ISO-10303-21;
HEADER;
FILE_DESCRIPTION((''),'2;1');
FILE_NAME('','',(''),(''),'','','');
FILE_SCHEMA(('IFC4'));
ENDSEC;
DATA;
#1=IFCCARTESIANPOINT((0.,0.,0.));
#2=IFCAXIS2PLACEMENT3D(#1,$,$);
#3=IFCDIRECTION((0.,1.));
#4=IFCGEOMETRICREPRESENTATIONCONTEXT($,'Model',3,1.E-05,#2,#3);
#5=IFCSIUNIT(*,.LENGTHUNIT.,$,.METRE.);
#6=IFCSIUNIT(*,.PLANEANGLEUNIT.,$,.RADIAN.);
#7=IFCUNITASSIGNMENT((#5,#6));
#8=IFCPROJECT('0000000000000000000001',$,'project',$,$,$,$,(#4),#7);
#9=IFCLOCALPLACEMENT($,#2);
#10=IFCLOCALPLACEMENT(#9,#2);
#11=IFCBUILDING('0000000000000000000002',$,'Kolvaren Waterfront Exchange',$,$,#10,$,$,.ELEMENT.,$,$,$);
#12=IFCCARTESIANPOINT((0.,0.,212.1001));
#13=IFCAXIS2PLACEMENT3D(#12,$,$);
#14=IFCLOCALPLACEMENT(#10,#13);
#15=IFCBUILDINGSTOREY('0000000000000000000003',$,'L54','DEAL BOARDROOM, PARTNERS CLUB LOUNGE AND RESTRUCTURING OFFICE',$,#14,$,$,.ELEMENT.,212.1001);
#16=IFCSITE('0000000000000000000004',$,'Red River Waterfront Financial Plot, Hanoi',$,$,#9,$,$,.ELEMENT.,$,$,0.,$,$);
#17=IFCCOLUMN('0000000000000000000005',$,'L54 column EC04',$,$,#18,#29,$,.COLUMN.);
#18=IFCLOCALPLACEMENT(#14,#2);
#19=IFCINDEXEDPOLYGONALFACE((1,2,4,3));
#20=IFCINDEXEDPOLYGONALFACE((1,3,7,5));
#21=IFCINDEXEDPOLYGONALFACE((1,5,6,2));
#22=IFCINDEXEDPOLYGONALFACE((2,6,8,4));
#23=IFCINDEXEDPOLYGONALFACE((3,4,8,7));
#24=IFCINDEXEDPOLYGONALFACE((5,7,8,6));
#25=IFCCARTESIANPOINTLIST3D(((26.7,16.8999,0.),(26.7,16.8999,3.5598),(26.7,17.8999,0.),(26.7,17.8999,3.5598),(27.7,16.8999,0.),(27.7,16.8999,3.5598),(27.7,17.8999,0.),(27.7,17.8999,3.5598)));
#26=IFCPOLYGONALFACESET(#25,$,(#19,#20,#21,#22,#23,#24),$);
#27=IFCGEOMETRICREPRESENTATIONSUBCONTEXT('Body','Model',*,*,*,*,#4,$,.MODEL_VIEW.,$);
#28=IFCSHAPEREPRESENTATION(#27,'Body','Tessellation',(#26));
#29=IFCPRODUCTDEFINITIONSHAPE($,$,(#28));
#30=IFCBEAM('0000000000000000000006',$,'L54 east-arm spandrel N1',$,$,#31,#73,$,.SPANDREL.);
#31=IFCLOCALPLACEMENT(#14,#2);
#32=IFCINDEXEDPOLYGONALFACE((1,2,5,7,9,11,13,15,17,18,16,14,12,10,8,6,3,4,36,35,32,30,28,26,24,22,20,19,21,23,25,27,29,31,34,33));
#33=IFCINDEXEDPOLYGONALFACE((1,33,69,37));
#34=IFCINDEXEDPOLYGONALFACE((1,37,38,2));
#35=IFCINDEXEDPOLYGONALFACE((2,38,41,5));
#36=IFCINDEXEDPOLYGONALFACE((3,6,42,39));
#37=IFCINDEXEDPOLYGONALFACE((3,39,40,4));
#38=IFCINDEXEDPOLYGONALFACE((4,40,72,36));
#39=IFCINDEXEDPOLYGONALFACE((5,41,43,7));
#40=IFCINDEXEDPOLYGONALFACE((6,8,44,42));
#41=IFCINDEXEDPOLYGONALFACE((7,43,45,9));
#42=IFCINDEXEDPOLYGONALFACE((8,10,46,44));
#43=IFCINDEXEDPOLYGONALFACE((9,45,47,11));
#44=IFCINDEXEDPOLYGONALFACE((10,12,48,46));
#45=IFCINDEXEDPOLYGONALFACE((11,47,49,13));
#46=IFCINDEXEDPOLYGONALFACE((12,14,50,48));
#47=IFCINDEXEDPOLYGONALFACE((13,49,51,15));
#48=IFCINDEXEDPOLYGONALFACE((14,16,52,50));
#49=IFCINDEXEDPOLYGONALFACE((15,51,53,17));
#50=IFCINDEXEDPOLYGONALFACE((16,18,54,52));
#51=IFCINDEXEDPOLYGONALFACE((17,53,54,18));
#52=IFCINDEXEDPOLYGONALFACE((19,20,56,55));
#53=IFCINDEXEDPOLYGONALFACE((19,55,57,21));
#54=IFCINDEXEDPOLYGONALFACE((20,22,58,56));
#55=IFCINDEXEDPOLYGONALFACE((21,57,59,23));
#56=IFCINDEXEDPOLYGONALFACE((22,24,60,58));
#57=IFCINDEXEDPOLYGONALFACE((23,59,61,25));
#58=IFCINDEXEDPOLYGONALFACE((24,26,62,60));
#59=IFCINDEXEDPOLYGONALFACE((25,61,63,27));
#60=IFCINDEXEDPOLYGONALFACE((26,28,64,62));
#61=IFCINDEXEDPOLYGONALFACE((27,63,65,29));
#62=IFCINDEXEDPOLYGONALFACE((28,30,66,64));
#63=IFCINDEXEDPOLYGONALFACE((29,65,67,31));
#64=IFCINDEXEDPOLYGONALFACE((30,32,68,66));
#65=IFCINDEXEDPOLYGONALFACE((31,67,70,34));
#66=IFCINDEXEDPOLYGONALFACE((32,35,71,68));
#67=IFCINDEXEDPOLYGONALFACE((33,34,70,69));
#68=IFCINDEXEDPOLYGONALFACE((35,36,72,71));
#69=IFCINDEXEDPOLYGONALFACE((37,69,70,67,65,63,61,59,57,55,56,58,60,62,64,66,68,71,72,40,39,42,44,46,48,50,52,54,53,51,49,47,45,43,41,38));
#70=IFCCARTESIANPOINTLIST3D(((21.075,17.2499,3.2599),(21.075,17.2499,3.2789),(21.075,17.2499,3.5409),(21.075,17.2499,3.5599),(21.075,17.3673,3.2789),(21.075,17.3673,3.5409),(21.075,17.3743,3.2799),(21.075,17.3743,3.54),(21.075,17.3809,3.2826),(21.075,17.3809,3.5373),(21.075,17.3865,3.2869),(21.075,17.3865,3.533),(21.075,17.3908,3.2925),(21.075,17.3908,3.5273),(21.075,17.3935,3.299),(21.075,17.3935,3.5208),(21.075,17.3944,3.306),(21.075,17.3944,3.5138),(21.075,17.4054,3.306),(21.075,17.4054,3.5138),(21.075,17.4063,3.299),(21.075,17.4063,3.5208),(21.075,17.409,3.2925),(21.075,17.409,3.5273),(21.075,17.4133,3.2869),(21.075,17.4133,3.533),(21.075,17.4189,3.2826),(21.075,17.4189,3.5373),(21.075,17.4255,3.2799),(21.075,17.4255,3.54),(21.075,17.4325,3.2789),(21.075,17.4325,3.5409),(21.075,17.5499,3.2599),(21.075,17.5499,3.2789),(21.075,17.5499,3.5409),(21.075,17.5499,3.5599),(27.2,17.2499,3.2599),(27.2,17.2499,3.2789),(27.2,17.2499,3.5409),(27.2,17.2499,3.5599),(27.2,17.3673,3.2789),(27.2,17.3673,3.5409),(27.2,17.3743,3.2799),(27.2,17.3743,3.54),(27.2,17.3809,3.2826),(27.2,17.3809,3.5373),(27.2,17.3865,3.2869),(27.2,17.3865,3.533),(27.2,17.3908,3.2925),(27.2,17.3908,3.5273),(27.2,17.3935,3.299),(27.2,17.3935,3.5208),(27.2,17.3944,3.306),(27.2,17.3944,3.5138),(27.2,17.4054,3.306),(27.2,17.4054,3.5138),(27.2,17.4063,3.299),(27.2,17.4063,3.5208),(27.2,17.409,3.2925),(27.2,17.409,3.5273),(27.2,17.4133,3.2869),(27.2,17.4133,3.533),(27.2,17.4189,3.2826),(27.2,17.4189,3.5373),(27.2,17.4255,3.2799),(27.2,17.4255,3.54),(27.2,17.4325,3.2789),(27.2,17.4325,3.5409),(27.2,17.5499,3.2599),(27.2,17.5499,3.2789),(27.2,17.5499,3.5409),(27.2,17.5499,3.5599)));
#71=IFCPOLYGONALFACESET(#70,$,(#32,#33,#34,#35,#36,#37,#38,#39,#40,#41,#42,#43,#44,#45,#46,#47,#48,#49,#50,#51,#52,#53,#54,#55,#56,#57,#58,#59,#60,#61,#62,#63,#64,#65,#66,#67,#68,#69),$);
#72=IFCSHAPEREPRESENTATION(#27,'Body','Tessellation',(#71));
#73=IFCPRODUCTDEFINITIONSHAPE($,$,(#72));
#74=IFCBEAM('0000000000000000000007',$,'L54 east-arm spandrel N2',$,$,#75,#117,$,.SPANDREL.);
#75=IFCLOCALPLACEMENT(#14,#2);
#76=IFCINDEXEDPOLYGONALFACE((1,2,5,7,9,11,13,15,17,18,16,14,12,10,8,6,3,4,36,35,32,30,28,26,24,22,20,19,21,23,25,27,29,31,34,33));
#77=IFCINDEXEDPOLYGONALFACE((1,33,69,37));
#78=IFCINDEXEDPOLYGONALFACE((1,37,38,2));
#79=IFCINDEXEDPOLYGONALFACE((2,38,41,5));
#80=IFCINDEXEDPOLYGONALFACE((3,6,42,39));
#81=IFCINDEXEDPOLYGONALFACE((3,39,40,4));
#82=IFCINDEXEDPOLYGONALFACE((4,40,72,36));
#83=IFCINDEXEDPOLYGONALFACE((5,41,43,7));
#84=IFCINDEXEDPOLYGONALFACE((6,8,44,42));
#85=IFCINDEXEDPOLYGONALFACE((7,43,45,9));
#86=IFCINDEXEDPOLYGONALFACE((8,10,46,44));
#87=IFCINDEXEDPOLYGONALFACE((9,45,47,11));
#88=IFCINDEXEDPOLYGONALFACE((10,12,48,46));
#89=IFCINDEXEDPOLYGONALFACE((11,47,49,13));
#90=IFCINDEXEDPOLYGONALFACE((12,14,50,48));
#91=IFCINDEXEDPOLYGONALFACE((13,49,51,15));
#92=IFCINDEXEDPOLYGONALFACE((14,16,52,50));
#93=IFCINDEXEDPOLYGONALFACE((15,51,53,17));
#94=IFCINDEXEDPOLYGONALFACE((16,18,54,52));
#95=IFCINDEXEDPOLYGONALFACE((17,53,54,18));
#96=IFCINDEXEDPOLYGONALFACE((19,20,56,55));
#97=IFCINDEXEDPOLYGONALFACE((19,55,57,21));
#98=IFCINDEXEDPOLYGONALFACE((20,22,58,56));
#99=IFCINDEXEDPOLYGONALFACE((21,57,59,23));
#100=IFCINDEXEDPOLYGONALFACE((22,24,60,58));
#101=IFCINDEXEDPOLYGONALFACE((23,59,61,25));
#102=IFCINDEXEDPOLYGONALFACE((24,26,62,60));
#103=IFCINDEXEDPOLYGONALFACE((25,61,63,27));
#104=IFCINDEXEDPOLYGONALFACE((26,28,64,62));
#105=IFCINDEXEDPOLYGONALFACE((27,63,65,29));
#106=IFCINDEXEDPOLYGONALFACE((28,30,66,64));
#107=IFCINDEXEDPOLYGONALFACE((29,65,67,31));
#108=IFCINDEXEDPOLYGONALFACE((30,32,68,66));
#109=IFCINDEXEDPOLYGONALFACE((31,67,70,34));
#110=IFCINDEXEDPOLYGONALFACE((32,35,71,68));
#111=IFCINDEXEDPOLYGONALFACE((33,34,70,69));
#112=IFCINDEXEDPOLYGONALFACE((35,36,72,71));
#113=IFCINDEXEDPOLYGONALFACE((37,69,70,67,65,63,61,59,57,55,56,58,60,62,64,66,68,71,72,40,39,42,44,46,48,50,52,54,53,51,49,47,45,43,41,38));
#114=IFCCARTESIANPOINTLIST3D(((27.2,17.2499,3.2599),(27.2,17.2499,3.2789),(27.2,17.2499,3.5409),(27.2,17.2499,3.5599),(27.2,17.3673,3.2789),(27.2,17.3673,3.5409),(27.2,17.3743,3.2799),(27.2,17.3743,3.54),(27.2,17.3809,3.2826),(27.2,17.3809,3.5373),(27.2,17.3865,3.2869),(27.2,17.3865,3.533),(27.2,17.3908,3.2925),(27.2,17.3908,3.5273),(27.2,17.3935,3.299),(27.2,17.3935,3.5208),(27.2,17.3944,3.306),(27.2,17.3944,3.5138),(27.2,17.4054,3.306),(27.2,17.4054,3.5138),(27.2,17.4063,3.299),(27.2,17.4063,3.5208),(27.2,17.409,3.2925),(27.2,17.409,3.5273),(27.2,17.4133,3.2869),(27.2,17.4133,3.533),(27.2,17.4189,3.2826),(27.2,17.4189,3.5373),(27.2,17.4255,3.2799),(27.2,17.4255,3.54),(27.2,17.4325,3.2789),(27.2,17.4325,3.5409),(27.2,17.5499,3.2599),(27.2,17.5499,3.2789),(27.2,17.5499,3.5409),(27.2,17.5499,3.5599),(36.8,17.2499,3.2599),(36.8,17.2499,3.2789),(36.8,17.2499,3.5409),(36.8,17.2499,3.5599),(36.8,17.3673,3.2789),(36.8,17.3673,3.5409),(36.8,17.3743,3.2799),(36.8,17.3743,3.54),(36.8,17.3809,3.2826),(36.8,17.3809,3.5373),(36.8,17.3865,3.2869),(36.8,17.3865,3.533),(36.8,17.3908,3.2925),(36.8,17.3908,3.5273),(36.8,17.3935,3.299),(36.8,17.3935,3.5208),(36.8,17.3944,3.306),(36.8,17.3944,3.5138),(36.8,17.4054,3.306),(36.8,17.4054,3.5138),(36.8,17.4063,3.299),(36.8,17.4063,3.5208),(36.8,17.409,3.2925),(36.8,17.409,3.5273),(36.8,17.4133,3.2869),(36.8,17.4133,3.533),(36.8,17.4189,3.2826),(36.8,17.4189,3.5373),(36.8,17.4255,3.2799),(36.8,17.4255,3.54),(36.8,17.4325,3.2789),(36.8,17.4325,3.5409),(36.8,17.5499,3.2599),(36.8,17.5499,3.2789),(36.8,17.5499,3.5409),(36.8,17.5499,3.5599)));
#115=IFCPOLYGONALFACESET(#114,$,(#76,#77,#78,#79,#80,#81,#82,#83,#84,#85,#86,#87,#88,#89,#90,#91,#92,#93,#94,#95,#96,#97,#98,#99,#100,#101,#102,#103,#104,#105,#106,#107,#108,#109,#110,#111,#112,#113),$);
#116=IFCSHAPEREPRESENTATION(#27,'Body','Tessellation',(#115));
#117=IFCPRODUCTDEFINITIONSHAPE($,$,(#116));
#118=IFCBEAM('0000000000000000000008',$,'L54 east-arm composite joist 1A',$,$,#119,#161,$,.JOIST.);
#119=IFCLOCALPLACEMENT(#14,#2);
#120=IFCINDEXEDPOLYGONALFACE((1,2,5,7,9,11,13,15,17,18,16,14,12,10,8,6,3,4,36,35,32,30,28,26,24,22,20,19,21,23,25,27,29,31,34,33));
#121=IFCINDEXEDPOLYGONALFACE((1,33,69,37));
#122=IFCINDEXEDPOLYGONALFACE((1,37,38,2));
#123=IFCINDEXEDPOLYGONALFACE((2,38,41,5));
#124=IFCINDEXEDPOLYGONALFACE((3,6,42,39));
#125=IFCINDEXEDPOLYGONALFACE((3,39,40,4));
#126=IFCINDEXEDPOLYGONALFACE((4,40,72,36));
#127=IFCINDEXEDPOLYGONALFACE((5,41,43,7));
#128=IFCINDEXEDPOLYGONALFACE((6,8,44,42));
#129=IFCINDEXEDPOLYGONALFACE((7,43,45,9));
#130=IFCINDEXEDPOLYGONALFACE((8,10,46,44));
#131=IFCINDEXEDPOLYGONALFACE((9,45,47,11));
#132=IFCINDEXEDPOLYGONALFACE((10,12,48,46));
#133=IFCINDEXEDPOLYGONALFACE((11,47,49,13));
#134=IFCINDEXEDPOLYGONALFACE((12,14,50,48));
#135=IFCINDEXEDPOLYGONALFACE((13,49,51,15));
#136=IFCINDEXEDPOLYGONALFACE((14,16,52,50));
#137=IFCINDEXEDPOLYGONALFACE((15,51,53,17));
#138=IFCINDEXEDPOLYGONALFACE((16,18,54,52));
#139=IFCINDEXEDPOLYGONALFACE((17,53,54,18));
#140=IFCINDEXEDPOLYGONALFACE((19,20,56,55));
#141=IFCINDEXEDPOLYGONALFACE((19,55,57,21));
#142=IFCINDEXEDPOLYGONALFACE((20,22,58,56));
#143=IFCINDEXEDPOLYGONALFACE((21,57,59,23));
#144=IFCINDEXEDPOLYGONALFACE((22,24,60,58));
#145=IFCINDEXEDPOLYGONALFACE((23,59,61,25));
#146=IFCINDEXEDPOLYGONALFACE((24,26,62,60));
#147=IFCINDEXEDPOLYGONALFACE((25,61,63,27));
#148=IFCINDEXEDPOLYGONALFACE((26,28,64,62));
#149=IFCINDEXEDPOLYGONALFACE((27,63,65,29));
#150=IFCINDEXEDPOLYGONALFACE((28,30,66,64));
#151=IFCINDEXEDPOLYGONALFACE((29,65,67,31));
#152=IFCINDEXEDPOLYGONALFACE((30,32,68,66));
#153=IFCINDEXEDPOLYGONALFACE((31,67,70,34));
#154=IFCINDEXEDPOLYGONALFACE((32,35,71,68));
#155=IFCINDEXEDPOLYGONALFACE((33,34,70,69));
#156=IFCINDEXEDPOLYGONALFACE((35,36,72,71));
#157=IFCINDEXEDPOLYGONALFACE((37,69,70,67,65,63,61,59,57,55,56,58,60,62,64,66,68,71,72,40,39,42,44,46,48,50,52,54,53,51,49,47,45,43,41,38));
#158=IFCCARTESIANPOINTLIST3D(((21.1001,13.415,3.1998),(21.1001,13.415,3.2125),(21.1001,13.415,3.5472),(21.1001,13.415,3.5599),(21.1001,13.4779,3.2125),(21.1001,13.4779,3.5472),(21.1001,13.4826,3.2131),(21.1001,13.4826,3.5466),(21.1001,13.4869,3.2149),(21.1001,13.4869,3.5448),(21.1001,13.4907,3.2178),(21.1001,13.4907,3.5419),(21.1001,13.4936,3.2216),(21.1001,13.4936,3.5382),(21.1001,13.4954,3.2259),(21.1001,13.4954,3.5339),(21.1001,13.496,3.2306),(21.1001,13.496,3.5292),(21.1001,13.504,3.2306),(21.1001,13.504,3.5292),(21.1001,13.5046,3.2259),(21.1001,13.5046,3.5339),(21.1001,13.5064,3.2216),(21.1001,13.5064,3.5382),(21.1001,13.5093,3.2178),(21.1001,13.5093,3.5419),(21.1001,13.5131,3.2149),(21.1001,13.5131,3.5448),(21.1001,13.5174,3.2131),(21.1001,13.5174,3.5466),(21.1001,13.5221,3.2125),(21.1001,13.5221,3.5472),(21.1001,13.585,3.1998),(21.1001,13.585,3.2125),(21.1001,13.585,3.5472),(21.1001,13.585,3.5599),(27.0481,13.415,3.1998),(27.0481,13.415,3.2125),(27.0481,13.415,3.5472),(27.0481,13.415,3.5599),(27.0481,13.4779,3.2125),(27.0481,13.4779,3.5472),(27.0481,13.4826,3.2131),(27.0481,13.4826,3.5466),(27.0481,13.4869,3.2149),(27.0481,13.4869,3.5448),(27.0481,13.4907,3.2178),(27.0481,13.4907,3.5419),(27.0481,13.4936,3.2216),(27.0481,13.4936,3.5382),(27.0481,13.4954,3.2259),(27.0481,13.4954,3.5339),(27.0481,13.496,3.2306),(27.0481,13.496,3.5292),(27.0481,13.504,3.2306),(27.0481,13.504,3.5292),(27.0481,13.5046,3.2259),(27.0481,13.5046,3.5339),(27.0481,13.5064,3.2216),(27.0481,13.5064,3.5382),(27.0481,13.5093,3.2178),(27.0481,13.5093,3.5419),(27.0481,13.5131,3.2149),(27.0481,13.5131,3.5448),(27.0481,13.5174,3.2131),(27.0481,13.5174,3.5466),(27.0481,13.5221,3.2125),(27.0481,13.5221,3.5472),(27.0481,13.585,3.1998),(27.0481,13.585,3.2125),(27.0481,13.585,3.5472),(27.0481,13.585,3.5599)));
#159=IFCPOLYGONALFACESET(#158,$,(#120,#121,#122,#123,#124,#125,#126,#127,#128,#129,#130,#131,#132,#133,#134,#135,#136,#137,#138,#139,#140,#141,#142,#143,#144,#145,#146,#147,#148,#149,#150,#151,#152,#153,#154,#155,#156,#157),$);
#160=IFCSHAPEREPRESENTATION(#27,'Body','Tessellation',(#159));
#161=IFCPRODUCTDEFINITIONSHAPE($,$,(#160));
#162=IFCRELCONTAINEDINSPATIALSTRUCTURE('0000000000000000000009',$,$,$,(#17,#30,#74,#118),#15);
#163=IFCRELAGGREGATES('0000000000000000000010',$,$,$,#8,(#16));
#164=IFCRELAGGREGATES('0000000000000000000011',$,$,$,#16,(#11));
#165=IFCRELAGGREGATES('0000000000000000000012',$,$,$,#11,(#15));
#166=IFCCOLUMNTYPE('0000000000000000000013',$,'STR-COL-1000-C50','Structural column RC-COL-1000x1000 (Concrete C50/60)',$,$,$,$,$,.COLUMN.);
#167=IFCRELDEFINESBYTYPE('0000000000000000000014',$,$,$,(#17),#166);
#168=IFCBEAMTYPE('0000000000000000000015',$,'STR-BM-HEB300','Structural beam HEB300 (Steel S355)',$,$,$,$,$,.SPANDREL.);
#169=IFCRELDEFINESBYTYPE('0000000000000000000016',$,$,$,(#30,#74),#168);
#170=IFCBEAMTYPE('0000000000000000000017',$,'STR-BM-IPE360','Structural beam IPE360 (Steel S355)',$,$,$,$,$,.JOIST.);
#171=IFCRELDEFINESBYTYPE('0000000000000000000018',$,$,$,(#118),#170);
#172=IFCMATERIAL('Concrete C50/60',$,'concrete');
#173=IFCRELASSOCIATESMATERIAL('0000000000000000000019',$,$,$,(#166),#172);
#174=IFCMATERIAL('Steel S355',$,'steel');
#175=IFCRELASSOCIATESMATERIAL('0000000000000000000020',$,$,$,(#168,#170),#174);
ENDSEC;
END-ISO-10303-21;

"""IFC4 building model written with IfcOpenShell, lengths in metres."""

from ifc_helpers import new_model, si_unit, direction, frame, origin, origin_2d, place, context, subcontext, project, spatial, rectangle, i_section, extrude, material, material_profile, profile_set, type_object, element, save


model = new_model("IFC4")

# Units and contexts
model_context = context("Model", 3, precision=1e-05, world=origin(), true_north=direction((0.0, 1.0)))
body_context = subcontext(model_context, "Body", "Model", "MODEL_VIEW")
ifc_project = project(units=[si_unit("LENGTHUNIT", "METRE"), si_unit("PLANEANGLEUNIT", "RADIAN")], contexts=[model_context])

# Site, building, storey
site_placement = place(None, origin())
site = spatial("IfcSite", under=ifc_project, at=site_placement, Name="Red River Waterfront Financial Plot, Hanoi", CompositionType="ELEMENT", RefElevation=0.0)
building_placement = place(site_placement, origin())
building = spatial("IfcBuilding", under=site, at=building_placement, Name="Kolvaren Waterfront Exchange", CompositionType="ELEMENT")
storey_placement = place(building_placement, frame((0.0, 0.0, 212.1001)))
storey = spatial("IfcBuildingStorey", under=building, at=storey_placement, Name="L54", Description="DEAL BOARDROOM, PARTNERS CLUB LOUNGE AND RESTRUCTURING OFFICE", CompositionType="ELEMENT", Elevation=212.1001)

# Column
ifc_material_1 = material(Name="Concrete C50/60", Category="concrete")
ifc_material_profile_1 = material_profile(ifc_material_1, rectangle(XDim=1.0, YDim=1.0, at=origin_2d()), Name="RC-COL-1000x1000")
ifc_profile_set_1 = profile_set([ifc_material_profile_1], Name="Concrete C50/60")
column_type = type_object("IfcColumnType", Name="STR-COL-1000-C50", Description="Structural column RC-COL-1000x1000 (Concrete C50/60)", PredefinedType="COLUMN", material=ifc_profile_set_1)
column_placement = place(storey_placement, frame((27.2, 17.3999, 0.0), z_axis=(0.0, 0.0, 1.0), x_axis=(1.0, 0.0, 0.0)))
element("IfcColumn", 1, at=column_placement, inside=storey, type_object=column_type, Name="L54 column EC04", PredefinedType="COLUMN", context=body_context, shape_type="SweptSolid", body=[
    extrude(rectangle(XDim=1.0, YDim=1.0, at=origin_2d()), origin(), (0.0, 0.0, 1.0), 3.5598),
])

# Beams
ifc_material_2 = material(Name="Steel S355", Category="steel")
ifc_material_profile_2 = material_profile(ifc_material_2, i_section(OverallWidth=0.3, OverallDepth=0.3, WebThickness=0.011, FlangeThickness=0.019, FilletRadius=0.0271, at=origin_2d()), Name="HEB300")
ifc_profile_set_2 = profile_set([ifc_material_profile_2], Name="Steel S355")
beam_type_1 = type_object("IfcBeamType", Name="STR-BM-HEB300", Description="Structural beam HEB300 (Steel S355)", PredefinedType="SPANDREL", material=ifc_profile_set_2)
beam_1_placement = place(storey_placement, frame((21.075, 17.3999, 3.4099), z_axis=(1.0, 0.0, 0.0), x_axis=(0.0, 1.0, 0.0)))
element("IfcBeam", 2, at=beam_1_placement, inside=storey, type_object=beam_type_1, Name="L54 east-arm spandrel N1", PredefinedType="SPANDREL", context=body_context, shape_type="SweptSolid", body=[
    extrude(i_section(OverallWidth=0.3, OverallDepth=0.3, WebThickness=0.011, FlangeThickness=0.019, FilletRadius=0.0271, at=origin_2d()), origin(), (0.0, 0.0, 1.0), 6.125),
])
beam_2_placement = place(storey_placement, frame((27.2, 17.3999, 3.4099), z_axis=(1.0, 0.0, 0.0), x_axis=(0.0, 1.0, 0.0)))
element("IfcBeam", 3, at=beam_2_placement, inside=storey, type_object=beam_type_1, Name="L54 east-arm spandrel N2", PredefinedType="SPANDREL", context=body_context, shape_type="SweptSolid", body=[
    extrude(i_section(OverallWidth=0.3, OverallDepth=0.3, WebThickness=0.011, FlangeThickness=0.019, FilletRadius=0.0271, at=origin_2d()), origin(), (0.0, 0.0, 1.0), 9.6001),
])
ifc_material_profile_3 = material_profile(ifc_material_2, i_section(OverallWidth=0.1699, OverallDepth=0.3601, WebThickness=0.0081, FlangeThickness=0.0127, FilletRadius=0.0181, at=origin_2d()), Name="IPE360")
ifc_profile_set_3 = profile_set([ifc_material_profile_3], Name="Steel S355")
beam_type_2 = type_object("IfcBeamType", Name="STR-BM-IPE360", Description="Structural beam IPE360 (Steel S355)", PredefinedType="JOIST", material=ifc_profile_set_3)
for number, where, z_axis, x_axis, name in (
    (4, (21.1001, 13.5, 3.3799), (1.0, 0.0, 0.0), (0.0, 1.0, 0.0), "L54 east-arm composite joist 1A"),
):
    element("IfcBeam", number, at=place(storey_placement, frame(where, z_axis=z_axis, x_axis=x_axis)), inside=storey, type_object=beam_type_2, Name=name, PredefinedType="JOIST", context=body_context, shape_type="SweptSolid", body=[
        extrude(i_section(OverallWidth=0.1699, OverallDepth=0.3601, WebThickness=0.0081, FlangeThickness=0.0127, FilletRadius=0.0181, at=origin_2d()), origin(), (0.0, 0.0, 1.0), 5.948),
    ])

save(model, "model.ifc")
